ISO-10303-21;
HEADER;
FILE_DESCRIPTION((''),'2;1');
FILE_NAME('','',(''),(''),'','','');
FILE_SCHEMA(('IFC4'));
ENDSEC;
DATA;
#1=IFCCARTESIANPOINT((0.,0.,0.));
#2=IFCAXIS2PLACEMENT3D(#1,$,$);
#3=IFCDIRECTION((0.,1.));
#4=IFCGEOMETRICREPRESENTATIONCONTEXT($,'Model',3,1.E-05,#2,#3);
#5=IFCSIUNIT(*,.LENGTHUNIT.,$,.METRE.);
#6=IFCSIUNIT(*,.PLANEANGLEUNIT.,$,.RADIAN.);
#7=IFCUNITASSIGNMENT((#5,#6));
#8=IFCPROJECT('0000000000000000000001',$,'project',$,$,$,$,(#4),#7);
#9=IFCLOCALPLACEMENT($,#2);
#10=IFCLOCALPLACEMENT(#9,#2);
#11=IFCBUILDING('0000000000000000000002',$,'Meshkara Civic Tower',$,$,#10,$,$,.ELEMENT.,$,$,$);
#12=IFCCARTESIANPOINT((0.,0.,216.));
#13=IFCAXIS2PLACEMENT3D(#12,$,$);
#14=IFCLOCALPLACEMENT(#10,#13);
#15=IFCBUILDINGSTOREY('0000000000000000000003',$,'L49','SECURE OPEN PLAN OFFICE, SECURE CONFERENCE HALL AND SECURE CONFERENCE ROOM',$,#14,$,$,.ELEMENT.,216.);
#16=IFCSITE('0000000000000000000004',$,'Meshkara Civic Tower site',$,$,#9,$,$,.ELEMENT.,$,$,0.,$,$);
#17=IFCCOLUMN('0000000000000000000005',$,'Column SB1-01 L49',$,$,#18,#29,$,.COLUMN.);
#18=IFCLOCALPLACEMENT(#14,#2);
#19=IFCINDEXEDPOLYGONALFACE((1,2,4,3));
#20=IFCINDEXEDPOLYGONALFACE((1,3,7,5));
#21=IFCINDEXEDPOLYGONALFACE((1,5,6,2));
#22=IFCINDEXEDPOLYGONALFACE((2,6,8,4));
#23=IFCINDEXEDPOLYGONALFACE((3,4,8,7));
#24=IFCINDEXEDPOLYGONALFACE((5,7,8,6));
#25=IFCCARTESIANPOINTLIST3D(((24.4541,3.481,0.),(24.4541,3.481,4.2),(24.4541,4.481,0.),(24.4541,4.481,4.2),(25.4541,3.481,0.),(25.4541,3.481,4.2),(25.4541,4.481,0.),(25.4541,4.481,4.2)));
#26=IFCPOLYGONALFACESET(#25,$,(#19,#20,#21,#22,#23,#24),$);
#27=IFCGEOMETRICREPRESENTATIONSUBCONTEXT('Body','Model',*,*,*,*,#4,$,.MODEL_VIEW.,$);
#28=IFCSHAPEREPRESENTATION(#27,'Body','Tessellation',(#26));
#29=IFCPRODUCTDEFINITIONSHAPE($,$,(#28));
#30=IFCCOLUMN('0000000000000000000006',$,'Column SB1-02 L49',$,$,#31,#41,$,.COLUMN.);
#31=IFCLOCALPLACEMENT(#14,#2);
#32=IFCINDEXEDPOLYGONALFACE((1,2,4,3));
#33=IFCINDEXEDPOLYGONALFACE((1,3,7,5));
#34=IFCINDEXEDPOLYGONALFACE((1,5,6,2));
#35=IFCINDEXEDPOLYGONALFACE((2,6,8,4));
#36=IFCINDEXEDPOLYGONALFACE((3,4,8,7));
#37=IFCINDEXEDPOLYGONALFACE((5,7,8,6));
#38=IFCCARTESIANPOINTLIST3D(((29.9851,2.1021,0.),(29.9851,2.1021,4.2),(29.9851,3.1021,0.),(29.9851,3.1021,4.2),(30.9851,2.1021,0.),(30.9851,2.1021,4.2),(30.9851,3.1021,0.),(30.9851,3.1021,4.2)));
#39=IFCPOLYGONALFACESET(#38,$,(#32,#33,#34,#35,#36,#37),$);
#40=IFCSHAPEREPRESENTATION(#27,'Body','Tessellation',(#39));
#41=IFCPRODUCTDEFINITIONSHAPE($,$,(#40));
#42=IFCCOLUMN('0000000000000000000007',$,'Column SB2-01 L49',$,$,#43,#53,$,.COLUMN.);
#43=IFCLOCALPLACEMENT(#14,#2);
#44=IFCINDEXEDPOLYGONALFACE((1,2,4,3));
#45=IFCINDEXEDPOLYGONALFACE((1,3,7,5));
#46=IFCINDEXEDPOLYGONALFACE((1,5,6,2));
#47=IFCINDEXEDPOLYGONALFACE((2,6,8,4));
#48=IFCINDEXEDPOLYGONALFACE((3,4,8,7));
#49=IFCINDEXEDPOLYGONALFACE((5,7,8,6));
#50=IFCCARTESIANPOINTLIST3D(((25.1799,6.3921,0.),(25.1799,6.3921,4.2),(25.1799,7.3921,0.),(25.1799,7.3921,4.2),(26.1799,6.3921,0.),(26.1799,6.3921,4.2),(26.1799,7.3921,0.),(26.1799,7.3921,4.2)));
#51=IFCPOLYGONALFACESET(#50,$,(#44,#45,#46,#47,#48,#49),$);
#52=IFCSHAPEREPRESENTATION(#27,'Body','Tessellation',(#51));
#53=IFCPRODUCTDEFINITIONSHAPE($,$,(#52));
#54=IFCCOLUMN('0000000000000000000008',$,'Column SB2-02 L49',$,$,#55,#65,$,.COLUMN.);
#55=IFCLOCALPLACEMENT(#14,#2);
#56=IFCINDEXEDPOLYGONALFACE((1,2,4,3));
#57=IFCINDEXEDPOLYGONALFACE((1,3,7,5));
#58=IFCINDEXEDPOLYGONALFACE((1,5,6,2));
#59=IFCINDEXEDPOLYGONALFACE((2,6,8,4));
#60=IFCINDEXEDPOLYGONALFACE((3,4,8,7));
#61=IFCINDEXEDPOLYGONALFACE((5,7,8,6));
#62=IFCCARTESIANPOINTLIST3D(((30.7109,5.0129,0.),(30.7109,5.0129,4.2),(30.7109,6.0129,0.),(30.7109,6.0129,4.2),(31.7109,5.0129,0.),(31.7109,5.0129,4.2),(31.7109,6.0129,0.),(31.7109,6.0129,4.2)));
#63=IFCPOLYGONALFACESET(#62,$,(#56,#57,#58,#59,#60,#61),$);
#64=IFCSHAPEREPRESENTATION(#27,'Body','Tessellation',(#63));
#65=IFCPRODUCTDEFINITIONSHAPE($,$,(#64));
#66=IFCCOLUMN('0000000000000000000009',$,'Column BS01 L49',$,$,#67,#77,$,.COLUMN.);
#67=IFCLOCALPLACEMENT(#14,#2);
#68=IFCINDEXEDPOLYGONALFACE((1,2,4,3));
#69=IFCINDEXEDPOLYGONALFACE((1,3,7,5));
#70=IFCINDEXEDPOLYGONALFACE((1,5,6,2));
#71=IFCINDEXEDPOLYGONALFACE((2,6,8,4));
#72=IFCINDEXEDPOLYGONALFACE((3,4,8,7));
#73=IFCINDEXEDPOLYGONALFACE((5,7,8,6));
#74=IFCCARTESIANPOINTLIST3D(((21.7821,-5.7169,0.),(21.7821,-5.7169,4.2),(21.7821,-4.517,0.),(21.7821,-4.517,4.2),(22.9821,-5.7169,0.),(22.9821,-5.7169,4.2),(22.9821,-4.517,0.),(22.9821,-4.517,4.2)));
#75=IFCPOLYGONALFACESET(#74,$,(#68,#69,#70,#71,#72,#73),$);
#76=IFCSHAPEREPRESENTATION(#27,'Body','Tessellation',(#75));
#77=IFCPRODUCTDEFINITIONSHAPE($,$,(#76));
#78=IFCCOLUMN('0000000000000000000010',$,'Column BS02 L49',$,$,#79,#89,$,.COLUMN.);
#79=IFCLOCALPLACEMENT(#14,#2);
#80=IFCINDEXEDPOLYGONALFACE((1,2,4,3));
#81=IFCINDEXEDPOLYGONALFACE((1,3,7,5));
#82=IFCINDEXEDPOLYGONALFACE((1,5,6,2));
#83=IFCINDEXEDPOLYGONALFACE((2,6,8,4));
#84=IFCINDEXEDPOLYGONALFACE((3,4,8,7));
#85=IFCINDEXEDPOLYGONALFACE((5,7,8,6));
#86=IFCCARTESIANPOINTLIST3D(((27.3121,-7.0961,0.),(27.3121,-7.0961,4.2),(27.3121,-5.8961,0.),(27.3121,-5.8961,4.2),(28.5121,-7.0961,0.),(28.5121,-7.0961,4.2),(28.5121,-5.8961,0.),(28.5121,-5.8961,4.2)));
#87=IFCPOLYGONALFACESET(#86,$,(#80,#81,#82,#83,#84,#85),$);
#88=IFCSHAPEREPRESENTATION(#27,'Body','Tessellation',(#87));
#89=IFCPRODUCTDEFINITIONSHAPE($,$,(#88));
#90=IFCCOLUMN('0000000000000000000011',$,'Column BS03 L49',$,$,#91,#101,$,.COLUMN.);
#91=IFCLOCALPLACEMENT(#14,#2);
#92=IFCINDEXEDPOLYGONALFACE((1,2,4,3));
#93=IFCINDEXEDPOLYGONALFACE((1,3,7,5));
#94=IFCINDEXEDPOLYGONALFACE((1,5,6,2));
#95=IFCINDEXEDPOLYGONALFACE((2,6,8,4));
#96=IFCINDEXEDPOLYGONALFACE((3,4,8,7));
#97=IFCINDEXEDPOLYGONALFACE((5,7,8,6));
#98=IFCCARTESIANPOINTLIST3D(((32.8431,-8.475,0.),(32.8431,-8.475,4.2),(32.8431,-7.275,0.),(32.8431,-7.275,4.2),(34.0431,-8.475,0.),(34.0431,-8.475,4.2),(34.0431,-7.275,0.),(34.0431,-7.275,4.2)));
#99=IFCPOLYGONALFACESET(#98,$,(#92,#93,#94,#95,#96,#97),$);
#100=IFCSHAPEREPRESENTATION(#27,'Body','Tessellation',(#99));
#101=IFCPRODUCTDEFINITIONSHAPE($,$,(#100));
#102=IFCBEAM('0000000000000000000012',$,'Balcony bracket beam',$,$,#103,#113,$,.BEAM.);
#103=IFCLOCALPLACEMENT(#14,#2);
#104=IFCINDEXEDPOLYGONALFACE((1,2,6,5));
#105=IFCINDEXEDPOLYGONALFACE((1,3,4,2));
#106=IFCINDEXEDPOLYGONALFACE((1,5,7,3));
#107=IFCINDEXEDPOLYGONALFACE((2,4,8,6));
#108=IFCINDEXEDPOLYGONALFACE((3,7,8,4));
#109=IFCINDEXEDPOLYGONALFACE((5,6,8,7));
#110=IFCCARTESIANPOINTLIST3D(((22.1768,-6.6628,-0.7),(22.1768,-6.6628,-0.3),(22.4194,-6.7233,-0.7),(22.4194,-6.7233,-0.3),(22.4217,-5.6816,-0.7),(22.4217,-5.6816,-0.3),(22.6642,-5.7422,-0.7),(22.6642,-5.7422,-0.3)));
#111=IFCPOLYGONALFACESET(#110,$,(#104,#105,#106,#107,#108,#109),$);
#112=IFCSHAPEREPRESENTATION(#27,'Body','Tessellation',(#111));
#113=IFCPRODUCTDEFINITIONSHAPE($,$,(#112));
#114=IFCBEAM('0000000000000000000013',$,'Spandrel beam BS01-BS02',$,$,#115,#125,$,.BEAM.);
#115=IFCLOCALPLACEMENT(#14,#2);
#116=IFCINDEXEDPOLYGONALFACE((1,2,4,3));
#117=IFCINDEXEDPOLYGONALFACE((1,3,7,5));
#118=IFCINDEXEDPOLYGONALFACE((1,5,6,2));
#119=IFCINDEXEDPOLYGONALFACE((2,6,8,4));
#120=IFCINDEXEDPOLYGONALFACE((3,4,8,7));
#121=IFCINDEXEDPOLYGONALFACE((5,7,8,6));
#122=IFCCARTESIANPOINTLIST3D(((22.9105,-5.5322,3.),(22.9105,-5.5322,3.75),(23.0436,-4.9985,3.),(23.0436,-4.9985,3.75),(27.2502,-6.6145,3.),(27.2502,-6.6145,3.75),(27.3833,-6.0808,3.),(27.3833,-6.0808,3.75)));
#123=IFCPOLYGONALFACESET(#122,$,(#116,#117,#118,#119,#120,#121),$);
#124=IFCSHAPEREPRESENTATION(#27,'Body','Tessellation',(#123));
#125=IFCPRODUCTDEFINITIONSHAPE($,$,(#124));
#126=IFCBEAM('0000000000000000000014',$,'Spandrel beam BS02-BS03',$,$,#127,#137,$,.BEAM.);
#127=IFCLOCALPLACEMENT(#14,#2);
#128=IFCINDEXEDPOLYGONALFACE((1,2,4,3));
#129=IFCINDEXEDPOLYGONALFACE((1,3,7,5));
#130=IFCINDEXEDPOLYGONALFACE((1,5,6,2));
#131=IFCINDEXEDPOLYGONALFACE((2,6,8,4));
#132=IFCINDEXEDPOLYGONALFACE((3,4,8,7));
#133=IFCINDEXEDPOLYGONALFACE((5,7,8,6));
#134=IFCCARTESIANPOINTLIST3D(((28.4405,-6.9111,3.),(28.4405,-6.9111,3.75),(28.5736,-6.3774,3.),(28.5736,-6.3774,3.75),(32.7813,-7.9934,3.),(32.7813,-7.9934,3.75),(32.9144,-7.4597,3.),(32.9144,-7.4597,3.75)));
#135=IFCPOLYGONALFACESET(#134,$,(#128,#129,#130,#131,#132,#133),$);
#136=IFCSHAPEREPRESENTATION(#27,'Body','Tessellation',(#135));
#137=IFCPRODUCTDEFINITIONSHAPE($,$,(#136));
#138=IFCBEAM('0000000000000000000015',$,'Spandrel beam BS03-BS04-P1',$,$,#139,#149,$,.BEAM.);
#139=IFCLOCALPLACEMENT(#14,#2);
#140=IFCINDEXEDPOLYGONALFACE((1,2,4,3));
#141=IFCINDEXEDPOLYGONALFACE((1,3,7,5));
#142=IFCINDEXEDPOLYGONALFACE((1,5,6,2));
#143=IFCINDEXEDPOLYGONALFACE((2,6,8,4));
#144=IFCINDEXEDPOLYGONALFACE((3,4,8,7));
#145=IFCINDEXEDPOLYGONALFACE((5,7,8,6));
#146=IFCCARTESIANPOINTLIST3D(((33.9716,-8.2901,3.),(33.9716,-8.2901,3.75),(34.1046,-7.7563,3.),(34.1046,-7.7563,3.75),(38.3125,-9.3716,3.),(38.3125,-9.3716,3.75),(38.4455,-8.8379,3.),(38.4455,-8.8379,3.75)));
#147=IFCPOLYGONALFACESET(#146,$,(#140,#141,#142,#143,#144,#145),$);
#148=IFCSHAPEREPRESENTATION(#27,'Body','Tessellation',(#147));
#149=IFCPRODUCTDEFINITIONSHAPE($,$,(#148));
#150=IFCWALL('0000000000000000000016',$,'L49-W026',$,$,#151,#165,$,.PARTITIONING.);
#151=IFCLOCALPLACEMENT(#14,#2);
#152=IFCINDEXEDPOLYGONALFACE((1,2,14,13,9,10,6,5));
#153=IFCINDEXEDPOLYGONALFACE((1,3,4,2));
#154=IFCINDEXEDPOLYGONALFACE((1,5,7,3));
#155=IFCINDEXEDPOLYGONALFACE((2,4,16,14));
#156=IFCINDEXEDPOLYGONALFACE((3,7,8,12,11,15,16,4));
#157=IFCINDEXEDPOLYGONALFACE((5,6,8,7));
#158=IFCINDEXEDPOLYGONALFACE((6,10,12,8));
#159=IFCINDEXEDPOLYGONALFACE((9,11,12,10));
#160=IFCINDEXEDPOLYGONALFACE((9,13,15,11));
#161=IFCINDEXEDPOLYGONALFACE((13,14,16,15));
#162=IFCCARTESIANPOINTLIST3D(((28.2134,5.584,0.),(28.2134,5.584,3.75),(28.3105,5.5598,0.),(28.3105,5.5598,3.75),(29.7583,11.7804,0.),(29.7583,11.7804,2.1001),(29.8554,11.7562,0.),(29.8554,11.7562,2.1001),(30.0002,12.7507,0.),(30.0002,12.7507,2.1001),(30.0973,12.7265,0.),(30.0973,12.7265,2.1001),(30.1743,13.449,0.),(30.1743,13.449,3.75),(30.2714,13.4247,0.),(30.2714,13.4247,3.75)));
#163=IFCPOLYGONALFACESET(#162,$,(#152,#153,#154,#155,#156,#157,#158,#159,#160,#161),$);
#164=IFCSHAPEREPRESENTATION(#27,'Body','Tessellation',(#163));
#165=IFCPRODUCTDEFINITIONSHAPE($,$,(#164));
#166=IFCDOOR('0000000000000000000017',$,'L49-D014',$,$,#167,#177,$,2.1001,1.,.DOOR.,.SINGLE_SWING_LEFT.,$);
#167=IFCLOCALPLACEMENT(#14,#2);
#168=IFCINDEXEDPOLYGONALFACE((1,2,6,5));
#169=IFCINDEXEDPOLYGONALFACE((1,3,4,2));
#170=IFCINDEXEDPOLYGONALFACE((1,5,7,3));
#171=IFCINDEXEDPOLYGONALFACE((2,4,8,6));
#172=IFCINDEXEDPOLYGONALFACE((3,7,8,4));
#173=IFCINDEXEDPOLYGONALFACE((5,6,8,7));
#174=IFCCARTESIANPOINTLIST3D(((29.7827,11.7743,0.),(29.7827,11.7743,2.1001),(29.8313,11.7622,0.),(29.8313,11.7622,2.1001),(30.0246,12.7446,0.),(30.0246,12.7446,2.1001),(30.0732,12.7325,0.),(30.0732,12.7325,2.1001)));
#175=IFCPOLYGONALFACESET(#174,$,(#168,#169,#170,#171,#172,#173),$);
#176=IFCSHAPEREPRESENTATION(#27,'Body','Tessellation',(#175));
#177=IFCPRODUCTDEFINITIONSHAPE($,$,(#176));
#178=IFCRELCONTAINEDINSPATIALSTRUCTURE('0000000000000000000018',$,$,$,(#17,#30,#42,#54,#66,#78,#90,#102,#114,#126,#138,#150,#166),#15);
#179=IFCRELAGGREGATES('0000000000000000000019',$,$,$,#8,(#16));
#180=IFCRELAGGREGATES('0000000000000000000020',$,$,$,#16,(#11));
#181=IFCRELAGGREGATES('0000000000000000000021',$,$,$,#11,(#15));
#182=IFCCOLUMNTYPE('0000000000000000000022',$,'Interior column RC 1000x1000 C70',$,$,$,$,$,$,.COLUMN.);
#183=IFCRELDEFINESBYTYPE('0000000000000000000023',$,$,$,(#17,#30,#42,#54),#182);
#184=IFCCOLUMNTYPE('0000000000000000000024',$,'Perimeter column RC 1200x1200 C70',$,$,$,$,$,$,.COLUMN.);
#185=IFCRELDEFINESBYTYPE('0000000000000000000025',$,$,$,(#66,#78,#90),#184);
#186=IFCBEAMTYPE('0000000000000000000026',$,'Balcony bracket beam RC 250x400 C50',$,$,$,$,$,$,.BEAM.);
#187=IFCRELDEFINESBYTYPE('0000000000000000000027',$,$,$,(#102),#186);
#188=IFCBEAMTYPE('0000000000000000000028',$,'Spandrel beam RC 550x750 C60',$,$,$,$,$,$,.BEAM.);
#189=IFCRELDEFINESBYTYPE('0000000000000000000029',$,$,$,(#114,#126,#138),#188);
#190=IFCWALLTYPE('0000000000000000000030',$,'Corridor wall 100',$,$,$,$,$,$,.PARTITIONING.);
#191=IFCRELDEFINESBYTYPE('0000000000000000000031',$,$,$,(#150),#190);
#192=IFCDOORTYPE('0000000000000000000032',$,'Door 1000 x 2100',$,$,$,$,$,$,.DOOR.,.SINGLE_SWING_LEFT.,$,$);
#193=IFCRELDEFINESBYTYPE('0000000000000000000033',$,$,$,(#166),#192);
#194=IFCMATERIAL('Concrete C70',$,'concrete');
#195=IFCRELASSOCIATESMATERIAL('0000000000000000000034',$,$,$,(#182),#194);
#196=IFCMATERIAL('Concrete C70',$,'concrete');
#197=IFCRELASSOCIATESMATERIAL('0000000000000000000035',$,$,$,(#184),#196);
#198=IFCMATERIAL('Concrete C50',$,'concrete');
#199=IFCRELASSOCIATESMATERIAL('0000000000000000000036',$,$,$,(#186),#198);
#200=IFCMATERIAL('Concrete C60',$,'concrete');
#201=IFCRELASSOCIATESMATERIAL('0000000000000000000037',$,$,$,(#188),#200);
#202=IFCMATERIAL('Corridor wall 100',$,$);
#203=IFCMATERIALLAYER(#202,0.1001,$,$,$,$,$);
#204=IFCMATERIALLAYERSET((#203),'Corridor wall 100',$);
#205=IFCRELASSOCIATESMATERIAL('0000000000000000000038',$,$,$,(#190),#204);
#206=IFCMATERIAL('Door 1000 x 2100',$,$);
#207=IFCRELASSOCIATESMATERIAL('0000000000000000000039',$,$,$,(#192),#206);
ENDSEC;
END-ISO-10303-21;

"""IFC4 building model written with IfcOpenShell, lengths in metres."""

from ifc_helpers import new_model, si_unit, direction, frame, frame_2d, origin, origin_2d, place, context, subcontext, project, spatial, rectangle, extrude, material, layer, layer_set, material_profile, profile_set, type_object, element, fill, save


model = new_model("IFC4")

# Units and contexts
model_context = context("Model", 3, precision=1e-05, world=origin(), true_north=direction((0.0, 1.0)))
body_context = subcontext(model_context, "Body", "Model", "MODEL_VIEW")
ifc_project = project(units=[si_unit("LENGTHUNIT", "METRE"), si_unit("PLANEANGLEUNIT", "RADIAN")], contexts=[model_context])

# Site, building, storey
site_placement = place(None, origin())
site = spatial("IfcSite", under=ifc_project, at=site_placement, Name="Meshkara Civic Tower site", CompositionType="ELEMENT", RefElevation=0.0)
building_placement = place(site_placement, origin())
building = spatial("IfcBuilding", under=site, at=building_placement, Name="Meshkara Civic Tower", CompositionType="ELEMENT")
storey_placement = place(building_placement, frame((0.0, 0.0, 216.0)))
storey = spatial("IfcBuildingStorey", under=building, at=storey_placement, Name="L49", Description="SECURE OPEN PLAN OFFICE, SECURE CONFERENCE HALL AND SECURE CONFERENCE ROOM", CompositionType="ELEMENT", Elevation=216.0)

# Columns
ifc_material_1 = material(Name="Concrete C70", Category="concrete")
ifc_material_profile_1 = material_profile(ifc_material_1, rectangle(XDim=1.0, YDim=1.0, at=origin_2d()))
ifc_profile_set_1 = profile_set([ifc_material_profile_1], Name="Concrete C70")
column_type_1 = type_object("IfcColumnType", Name="Interior column RC 1000x1000 C70", PredefinedType="COLUMN", material=ifc_profile_set_1)
for number, where, z_axis, x_axis, name in (
    (1, (24.9541, 3.981, 0.0), (0.0, 0.0, 1.0), (1.0, 0.0, 0.0), "Column SB1-01 L49"),
    (2, (30.4851, 2.6021, 0.0), (0.0, 0.0, 1.0), (1.0, 0.0, 0.0), "Column SB1-02 L49"),
    (3, (25.6799, 6.8921, 0.0), (0.0, 0.0, 1.0), (1.0, 0.0, 0.0), "Column SB2-01 L49"),
    (4, (31.2109, 5.5129, 0.0), (0.0, 0.0, 1.0), (1.0, 0.0, 0.0), "Column SB2-02 L49"),
):
    element("IfcColumn", number, at=place(storey_placement, frame(where, z_axis=z_axis, x_axis=x_axis)), inside=storey, type_object=column_type_1, Name=name, PredefinedType="COLUMN", context=body_context, shape_type="SweptSolid", body=[
        extrude(rectangle(XDim=1.0, YDim=1.0, at=origin_2d()), origin(), (0.0, 0.0, 1.0), 4.2),
    ])
ifc_material_2 = material(Name="Concrete C70", Category="concrete")
ifc_material_profile_2 = material_profile(ifc_material_2, rectangle(XDim=1.2, YDim=1.2, at=origin_2d()))
ifc_profile_set_2 = profile_set([ifc_material_profile_2], Name="Concrete C70")
column_type_2 = type_object("IfcColumnType", Name="Perimeter column RC 1200x1200 C70", PredefinedType="COLUMN", material=ifc_profile_set_2)
for number, where, z_axis, x_axis, name in (
    (5, (22.3821, -5.1169, 0.0), (0.0, 0.0, 1.0), (1.0, 0.0, 0.0), "Column BS01 L49"),
    (6, (27.9121, -6.4961, 0.0), (0.0, 0.0, 1.0), (1.0, 0.0, 0.0), "Column BS02 L49"),
    (7, (33.4431, -7.875, 0.0), (0.0, 0.0, 1.0), (1.0, 0.0, 0.0), "Column BS03 L49"),
):
    element("IfcColumn", number, at=place(storey_placement, frame(where, z_axis=z_axis, x_axis=x_axis)), inside=storey, type_object=column_type_2, Name=name, PredefinedType="COLUMN", context=body_context, shape_type="SweptSolid", body=[
        extrude(rectangle(XDim=1.2, YDim=1.2, at=origin_2d()), origin(), (0.0, 0.0, 1.0), 4.2),
    ])

# Beams
ifc_material_3 = material(Name="Concrete C50", Category="concrete")
ifc_material_profile_3 = material_profile(ifc_material_3, rectangle(XDim=0.25, YDim=0.3999, at=origin_2d()))
ifc_profile_set_3 = profile_set([ifc_material_profile_3], Name="Concrete C50")
beam_type_1 = type_object("IfcBeamType", Name="Balcony bracket beam RC 250x400 C50", PredefinedType="BEAM", material=ifc_profile_set_3)
beam_1_placement = place(storey_placement, frame((22.543, -5.7119, -0.5), z_axis=(-0.242138, -0.970242, 0.0), x_axis=(0.970242, -0.242138, 0.0)))
element("IfcBeam", 8, at=beam_1_placement, inside=storey, type_object=beam_type_1, Name="Balcony bracket beam", PredefinedType="BEAM", context=body_context, shape_type="SweptSolid", body=[
    extrude(rectangle(XDim=0.25, YDim=0.3999, at=origin_2d()), origin(), (0.0, 0.0, 1.0), 1.0112),
])
ifc_material_4 = material(Name="Concrete C60", Category="concrete")
ifc_material_profile_4 = material_profile(ifc_material_4, rectangle(XDim=0.55, YDim=0.75, at=origin_2d()))
ifc_profile_set_4 = profile_set([ifc_material_profile_4], Name="Concrete C60")
beam_type_2 = type_object("IfcBeamType", Name="Spandrel beam RC 550x750 C60", PredefinedType="BEAM", material=ifc_profile_set_4)
beam_2_placement = place(storey_placement, frame((22.9771, -5.2654, 3.375), z_axis=(0.970284, -0.24197, 0.0), x_axis=(0.24197, 0.970284, 0.0)))
element("IfcBeam", 9, at=beam_2_placement, inside=storey, type_object=beam_type_2, Name="Spandrel beam BS01-BS02", PredefinedType="BEAM", context=body_context, shape_type="SweptSolid", body=[
    extrude(rectangle(XDim=0.55, YDim=0.75, at=origin_2d()), origin(), (0.0, 0.0, 1.0), 4.4727),
])
for number, where, z_axis, x_axis, name in (
    (10, (28.5071, -6.6443, 3.375), (0.970296, -0.241919, 0.0), (0.241919, 0.970296, 0.0), "Spandrel beam BS02-BS03"),
    (11, (34.0381, -8.0232, 3.375), (0.970335, -0.241765, 0.0), (0.241765, 0.970335, 0.0), "Spandrel beam BS03-BS04-P1"),
):
    element("IfcBeam", number, at=place(storey_placement, frame(where, z_axis=z_axis, x_axis=x_axis)), inside=storey, type_object=beam_type_2, Name=name, PredefinedType="BEAM", context=body_context, shape_type="SweptSolid", body=[
        extrude(rectangle(XDim=0.55, YDim=0.75, at=origin_2d()), origin(), (0.0, 0.0, 1.0), 4.4736),
    ])

# Wall, opening, door
ifc_material_5 = material(Name="Corridor wall 100")
ifc_layer_1 = layer(ifc_material_5, 0.1001)
ifc_layer_set_1 = layer_set([ifc_layer_1], Name="Corridor wall 100")
wall_type_1 = type_object("IfcWallType", Name="Corridor wall 100", PredefinedType="PARTITIONING", material=ifc_layer_set_1)
wall_1_placement = place(storey_placement, frame((28.262, 5.572, 0.0), z_axis=(0.0, 0.0, 1.0), x_axis=(0.241919, 0.970296, 0.0)))
wall_1 = element("IfcWall", 12, at=wall_1_placement, inside=storey, type_object=wall_type_1, Name="L49-W026", PredefinedType="PARTITIONING", context=body_context, shape_type="SweptSolid", body=[
    extrude(rectangle(XDim=8.1057, YDim=0.1001, at=frame_2d((4.0527, 0.0))), origin(), (0.0, 0.0, 1.0), 3.75),
])
opening_1_placement = place(wall_1_placement, frame((6.386, 0.0, 0.0)))
opening_1 = element("IfcOpeningElement", 13, at=opening_1_placement, cuts=wall_1, PredefinedType="OPENING", context=body_context, shape_type="SweptSolid", body=[
    extrude(rectangle(XDim=1.0, YDim=2.1001, at=frame_2d((0.5, 1.05))), frame((0.0, 0.0601, 0.0), z_axis=(0.0, -1.0, 0.0), x_axis=(1.0, 0.0, 0.0)), (0.0, 0.0, 1.0), 0.1201),
])
ifc_material_6 = material(Name="Door 1000 x 2100")
door_type_1 = type_object("IfcDoorType", Name="Door 1000 x 2100", OperationType="SINGLE_SWING_LEFT", PredefinedType="DOOR", material=ifc_material_6)
door_1_placement = place(opening_1_placement, origin())
door_1 = element("IfcDoor", 14, at=door_1_placement, inside=storey, type_object=door_type_1, Name="L49-D014", OperationType="SINGLE_SWING_LEFT", OverallHeight=2.1001, OverallWidth=1.0, PredefinedType="DOOR", context=body_context, shape_type="SweptSolid", body=[
    extrude(rectangle(XDim=1.0, YDim=2.1001, at=frame_2d((0.5, 1.05))), frame((0.0, 0.0249, 0.0), z_axis=(0.0, -1.0, 0.0), x_axis=(1.0, 0.0, 0.0)), (0.0, 0.0, 1.0), 0.05),
])
fill(opening_1, door_1)

save(model, "model.ifc")
